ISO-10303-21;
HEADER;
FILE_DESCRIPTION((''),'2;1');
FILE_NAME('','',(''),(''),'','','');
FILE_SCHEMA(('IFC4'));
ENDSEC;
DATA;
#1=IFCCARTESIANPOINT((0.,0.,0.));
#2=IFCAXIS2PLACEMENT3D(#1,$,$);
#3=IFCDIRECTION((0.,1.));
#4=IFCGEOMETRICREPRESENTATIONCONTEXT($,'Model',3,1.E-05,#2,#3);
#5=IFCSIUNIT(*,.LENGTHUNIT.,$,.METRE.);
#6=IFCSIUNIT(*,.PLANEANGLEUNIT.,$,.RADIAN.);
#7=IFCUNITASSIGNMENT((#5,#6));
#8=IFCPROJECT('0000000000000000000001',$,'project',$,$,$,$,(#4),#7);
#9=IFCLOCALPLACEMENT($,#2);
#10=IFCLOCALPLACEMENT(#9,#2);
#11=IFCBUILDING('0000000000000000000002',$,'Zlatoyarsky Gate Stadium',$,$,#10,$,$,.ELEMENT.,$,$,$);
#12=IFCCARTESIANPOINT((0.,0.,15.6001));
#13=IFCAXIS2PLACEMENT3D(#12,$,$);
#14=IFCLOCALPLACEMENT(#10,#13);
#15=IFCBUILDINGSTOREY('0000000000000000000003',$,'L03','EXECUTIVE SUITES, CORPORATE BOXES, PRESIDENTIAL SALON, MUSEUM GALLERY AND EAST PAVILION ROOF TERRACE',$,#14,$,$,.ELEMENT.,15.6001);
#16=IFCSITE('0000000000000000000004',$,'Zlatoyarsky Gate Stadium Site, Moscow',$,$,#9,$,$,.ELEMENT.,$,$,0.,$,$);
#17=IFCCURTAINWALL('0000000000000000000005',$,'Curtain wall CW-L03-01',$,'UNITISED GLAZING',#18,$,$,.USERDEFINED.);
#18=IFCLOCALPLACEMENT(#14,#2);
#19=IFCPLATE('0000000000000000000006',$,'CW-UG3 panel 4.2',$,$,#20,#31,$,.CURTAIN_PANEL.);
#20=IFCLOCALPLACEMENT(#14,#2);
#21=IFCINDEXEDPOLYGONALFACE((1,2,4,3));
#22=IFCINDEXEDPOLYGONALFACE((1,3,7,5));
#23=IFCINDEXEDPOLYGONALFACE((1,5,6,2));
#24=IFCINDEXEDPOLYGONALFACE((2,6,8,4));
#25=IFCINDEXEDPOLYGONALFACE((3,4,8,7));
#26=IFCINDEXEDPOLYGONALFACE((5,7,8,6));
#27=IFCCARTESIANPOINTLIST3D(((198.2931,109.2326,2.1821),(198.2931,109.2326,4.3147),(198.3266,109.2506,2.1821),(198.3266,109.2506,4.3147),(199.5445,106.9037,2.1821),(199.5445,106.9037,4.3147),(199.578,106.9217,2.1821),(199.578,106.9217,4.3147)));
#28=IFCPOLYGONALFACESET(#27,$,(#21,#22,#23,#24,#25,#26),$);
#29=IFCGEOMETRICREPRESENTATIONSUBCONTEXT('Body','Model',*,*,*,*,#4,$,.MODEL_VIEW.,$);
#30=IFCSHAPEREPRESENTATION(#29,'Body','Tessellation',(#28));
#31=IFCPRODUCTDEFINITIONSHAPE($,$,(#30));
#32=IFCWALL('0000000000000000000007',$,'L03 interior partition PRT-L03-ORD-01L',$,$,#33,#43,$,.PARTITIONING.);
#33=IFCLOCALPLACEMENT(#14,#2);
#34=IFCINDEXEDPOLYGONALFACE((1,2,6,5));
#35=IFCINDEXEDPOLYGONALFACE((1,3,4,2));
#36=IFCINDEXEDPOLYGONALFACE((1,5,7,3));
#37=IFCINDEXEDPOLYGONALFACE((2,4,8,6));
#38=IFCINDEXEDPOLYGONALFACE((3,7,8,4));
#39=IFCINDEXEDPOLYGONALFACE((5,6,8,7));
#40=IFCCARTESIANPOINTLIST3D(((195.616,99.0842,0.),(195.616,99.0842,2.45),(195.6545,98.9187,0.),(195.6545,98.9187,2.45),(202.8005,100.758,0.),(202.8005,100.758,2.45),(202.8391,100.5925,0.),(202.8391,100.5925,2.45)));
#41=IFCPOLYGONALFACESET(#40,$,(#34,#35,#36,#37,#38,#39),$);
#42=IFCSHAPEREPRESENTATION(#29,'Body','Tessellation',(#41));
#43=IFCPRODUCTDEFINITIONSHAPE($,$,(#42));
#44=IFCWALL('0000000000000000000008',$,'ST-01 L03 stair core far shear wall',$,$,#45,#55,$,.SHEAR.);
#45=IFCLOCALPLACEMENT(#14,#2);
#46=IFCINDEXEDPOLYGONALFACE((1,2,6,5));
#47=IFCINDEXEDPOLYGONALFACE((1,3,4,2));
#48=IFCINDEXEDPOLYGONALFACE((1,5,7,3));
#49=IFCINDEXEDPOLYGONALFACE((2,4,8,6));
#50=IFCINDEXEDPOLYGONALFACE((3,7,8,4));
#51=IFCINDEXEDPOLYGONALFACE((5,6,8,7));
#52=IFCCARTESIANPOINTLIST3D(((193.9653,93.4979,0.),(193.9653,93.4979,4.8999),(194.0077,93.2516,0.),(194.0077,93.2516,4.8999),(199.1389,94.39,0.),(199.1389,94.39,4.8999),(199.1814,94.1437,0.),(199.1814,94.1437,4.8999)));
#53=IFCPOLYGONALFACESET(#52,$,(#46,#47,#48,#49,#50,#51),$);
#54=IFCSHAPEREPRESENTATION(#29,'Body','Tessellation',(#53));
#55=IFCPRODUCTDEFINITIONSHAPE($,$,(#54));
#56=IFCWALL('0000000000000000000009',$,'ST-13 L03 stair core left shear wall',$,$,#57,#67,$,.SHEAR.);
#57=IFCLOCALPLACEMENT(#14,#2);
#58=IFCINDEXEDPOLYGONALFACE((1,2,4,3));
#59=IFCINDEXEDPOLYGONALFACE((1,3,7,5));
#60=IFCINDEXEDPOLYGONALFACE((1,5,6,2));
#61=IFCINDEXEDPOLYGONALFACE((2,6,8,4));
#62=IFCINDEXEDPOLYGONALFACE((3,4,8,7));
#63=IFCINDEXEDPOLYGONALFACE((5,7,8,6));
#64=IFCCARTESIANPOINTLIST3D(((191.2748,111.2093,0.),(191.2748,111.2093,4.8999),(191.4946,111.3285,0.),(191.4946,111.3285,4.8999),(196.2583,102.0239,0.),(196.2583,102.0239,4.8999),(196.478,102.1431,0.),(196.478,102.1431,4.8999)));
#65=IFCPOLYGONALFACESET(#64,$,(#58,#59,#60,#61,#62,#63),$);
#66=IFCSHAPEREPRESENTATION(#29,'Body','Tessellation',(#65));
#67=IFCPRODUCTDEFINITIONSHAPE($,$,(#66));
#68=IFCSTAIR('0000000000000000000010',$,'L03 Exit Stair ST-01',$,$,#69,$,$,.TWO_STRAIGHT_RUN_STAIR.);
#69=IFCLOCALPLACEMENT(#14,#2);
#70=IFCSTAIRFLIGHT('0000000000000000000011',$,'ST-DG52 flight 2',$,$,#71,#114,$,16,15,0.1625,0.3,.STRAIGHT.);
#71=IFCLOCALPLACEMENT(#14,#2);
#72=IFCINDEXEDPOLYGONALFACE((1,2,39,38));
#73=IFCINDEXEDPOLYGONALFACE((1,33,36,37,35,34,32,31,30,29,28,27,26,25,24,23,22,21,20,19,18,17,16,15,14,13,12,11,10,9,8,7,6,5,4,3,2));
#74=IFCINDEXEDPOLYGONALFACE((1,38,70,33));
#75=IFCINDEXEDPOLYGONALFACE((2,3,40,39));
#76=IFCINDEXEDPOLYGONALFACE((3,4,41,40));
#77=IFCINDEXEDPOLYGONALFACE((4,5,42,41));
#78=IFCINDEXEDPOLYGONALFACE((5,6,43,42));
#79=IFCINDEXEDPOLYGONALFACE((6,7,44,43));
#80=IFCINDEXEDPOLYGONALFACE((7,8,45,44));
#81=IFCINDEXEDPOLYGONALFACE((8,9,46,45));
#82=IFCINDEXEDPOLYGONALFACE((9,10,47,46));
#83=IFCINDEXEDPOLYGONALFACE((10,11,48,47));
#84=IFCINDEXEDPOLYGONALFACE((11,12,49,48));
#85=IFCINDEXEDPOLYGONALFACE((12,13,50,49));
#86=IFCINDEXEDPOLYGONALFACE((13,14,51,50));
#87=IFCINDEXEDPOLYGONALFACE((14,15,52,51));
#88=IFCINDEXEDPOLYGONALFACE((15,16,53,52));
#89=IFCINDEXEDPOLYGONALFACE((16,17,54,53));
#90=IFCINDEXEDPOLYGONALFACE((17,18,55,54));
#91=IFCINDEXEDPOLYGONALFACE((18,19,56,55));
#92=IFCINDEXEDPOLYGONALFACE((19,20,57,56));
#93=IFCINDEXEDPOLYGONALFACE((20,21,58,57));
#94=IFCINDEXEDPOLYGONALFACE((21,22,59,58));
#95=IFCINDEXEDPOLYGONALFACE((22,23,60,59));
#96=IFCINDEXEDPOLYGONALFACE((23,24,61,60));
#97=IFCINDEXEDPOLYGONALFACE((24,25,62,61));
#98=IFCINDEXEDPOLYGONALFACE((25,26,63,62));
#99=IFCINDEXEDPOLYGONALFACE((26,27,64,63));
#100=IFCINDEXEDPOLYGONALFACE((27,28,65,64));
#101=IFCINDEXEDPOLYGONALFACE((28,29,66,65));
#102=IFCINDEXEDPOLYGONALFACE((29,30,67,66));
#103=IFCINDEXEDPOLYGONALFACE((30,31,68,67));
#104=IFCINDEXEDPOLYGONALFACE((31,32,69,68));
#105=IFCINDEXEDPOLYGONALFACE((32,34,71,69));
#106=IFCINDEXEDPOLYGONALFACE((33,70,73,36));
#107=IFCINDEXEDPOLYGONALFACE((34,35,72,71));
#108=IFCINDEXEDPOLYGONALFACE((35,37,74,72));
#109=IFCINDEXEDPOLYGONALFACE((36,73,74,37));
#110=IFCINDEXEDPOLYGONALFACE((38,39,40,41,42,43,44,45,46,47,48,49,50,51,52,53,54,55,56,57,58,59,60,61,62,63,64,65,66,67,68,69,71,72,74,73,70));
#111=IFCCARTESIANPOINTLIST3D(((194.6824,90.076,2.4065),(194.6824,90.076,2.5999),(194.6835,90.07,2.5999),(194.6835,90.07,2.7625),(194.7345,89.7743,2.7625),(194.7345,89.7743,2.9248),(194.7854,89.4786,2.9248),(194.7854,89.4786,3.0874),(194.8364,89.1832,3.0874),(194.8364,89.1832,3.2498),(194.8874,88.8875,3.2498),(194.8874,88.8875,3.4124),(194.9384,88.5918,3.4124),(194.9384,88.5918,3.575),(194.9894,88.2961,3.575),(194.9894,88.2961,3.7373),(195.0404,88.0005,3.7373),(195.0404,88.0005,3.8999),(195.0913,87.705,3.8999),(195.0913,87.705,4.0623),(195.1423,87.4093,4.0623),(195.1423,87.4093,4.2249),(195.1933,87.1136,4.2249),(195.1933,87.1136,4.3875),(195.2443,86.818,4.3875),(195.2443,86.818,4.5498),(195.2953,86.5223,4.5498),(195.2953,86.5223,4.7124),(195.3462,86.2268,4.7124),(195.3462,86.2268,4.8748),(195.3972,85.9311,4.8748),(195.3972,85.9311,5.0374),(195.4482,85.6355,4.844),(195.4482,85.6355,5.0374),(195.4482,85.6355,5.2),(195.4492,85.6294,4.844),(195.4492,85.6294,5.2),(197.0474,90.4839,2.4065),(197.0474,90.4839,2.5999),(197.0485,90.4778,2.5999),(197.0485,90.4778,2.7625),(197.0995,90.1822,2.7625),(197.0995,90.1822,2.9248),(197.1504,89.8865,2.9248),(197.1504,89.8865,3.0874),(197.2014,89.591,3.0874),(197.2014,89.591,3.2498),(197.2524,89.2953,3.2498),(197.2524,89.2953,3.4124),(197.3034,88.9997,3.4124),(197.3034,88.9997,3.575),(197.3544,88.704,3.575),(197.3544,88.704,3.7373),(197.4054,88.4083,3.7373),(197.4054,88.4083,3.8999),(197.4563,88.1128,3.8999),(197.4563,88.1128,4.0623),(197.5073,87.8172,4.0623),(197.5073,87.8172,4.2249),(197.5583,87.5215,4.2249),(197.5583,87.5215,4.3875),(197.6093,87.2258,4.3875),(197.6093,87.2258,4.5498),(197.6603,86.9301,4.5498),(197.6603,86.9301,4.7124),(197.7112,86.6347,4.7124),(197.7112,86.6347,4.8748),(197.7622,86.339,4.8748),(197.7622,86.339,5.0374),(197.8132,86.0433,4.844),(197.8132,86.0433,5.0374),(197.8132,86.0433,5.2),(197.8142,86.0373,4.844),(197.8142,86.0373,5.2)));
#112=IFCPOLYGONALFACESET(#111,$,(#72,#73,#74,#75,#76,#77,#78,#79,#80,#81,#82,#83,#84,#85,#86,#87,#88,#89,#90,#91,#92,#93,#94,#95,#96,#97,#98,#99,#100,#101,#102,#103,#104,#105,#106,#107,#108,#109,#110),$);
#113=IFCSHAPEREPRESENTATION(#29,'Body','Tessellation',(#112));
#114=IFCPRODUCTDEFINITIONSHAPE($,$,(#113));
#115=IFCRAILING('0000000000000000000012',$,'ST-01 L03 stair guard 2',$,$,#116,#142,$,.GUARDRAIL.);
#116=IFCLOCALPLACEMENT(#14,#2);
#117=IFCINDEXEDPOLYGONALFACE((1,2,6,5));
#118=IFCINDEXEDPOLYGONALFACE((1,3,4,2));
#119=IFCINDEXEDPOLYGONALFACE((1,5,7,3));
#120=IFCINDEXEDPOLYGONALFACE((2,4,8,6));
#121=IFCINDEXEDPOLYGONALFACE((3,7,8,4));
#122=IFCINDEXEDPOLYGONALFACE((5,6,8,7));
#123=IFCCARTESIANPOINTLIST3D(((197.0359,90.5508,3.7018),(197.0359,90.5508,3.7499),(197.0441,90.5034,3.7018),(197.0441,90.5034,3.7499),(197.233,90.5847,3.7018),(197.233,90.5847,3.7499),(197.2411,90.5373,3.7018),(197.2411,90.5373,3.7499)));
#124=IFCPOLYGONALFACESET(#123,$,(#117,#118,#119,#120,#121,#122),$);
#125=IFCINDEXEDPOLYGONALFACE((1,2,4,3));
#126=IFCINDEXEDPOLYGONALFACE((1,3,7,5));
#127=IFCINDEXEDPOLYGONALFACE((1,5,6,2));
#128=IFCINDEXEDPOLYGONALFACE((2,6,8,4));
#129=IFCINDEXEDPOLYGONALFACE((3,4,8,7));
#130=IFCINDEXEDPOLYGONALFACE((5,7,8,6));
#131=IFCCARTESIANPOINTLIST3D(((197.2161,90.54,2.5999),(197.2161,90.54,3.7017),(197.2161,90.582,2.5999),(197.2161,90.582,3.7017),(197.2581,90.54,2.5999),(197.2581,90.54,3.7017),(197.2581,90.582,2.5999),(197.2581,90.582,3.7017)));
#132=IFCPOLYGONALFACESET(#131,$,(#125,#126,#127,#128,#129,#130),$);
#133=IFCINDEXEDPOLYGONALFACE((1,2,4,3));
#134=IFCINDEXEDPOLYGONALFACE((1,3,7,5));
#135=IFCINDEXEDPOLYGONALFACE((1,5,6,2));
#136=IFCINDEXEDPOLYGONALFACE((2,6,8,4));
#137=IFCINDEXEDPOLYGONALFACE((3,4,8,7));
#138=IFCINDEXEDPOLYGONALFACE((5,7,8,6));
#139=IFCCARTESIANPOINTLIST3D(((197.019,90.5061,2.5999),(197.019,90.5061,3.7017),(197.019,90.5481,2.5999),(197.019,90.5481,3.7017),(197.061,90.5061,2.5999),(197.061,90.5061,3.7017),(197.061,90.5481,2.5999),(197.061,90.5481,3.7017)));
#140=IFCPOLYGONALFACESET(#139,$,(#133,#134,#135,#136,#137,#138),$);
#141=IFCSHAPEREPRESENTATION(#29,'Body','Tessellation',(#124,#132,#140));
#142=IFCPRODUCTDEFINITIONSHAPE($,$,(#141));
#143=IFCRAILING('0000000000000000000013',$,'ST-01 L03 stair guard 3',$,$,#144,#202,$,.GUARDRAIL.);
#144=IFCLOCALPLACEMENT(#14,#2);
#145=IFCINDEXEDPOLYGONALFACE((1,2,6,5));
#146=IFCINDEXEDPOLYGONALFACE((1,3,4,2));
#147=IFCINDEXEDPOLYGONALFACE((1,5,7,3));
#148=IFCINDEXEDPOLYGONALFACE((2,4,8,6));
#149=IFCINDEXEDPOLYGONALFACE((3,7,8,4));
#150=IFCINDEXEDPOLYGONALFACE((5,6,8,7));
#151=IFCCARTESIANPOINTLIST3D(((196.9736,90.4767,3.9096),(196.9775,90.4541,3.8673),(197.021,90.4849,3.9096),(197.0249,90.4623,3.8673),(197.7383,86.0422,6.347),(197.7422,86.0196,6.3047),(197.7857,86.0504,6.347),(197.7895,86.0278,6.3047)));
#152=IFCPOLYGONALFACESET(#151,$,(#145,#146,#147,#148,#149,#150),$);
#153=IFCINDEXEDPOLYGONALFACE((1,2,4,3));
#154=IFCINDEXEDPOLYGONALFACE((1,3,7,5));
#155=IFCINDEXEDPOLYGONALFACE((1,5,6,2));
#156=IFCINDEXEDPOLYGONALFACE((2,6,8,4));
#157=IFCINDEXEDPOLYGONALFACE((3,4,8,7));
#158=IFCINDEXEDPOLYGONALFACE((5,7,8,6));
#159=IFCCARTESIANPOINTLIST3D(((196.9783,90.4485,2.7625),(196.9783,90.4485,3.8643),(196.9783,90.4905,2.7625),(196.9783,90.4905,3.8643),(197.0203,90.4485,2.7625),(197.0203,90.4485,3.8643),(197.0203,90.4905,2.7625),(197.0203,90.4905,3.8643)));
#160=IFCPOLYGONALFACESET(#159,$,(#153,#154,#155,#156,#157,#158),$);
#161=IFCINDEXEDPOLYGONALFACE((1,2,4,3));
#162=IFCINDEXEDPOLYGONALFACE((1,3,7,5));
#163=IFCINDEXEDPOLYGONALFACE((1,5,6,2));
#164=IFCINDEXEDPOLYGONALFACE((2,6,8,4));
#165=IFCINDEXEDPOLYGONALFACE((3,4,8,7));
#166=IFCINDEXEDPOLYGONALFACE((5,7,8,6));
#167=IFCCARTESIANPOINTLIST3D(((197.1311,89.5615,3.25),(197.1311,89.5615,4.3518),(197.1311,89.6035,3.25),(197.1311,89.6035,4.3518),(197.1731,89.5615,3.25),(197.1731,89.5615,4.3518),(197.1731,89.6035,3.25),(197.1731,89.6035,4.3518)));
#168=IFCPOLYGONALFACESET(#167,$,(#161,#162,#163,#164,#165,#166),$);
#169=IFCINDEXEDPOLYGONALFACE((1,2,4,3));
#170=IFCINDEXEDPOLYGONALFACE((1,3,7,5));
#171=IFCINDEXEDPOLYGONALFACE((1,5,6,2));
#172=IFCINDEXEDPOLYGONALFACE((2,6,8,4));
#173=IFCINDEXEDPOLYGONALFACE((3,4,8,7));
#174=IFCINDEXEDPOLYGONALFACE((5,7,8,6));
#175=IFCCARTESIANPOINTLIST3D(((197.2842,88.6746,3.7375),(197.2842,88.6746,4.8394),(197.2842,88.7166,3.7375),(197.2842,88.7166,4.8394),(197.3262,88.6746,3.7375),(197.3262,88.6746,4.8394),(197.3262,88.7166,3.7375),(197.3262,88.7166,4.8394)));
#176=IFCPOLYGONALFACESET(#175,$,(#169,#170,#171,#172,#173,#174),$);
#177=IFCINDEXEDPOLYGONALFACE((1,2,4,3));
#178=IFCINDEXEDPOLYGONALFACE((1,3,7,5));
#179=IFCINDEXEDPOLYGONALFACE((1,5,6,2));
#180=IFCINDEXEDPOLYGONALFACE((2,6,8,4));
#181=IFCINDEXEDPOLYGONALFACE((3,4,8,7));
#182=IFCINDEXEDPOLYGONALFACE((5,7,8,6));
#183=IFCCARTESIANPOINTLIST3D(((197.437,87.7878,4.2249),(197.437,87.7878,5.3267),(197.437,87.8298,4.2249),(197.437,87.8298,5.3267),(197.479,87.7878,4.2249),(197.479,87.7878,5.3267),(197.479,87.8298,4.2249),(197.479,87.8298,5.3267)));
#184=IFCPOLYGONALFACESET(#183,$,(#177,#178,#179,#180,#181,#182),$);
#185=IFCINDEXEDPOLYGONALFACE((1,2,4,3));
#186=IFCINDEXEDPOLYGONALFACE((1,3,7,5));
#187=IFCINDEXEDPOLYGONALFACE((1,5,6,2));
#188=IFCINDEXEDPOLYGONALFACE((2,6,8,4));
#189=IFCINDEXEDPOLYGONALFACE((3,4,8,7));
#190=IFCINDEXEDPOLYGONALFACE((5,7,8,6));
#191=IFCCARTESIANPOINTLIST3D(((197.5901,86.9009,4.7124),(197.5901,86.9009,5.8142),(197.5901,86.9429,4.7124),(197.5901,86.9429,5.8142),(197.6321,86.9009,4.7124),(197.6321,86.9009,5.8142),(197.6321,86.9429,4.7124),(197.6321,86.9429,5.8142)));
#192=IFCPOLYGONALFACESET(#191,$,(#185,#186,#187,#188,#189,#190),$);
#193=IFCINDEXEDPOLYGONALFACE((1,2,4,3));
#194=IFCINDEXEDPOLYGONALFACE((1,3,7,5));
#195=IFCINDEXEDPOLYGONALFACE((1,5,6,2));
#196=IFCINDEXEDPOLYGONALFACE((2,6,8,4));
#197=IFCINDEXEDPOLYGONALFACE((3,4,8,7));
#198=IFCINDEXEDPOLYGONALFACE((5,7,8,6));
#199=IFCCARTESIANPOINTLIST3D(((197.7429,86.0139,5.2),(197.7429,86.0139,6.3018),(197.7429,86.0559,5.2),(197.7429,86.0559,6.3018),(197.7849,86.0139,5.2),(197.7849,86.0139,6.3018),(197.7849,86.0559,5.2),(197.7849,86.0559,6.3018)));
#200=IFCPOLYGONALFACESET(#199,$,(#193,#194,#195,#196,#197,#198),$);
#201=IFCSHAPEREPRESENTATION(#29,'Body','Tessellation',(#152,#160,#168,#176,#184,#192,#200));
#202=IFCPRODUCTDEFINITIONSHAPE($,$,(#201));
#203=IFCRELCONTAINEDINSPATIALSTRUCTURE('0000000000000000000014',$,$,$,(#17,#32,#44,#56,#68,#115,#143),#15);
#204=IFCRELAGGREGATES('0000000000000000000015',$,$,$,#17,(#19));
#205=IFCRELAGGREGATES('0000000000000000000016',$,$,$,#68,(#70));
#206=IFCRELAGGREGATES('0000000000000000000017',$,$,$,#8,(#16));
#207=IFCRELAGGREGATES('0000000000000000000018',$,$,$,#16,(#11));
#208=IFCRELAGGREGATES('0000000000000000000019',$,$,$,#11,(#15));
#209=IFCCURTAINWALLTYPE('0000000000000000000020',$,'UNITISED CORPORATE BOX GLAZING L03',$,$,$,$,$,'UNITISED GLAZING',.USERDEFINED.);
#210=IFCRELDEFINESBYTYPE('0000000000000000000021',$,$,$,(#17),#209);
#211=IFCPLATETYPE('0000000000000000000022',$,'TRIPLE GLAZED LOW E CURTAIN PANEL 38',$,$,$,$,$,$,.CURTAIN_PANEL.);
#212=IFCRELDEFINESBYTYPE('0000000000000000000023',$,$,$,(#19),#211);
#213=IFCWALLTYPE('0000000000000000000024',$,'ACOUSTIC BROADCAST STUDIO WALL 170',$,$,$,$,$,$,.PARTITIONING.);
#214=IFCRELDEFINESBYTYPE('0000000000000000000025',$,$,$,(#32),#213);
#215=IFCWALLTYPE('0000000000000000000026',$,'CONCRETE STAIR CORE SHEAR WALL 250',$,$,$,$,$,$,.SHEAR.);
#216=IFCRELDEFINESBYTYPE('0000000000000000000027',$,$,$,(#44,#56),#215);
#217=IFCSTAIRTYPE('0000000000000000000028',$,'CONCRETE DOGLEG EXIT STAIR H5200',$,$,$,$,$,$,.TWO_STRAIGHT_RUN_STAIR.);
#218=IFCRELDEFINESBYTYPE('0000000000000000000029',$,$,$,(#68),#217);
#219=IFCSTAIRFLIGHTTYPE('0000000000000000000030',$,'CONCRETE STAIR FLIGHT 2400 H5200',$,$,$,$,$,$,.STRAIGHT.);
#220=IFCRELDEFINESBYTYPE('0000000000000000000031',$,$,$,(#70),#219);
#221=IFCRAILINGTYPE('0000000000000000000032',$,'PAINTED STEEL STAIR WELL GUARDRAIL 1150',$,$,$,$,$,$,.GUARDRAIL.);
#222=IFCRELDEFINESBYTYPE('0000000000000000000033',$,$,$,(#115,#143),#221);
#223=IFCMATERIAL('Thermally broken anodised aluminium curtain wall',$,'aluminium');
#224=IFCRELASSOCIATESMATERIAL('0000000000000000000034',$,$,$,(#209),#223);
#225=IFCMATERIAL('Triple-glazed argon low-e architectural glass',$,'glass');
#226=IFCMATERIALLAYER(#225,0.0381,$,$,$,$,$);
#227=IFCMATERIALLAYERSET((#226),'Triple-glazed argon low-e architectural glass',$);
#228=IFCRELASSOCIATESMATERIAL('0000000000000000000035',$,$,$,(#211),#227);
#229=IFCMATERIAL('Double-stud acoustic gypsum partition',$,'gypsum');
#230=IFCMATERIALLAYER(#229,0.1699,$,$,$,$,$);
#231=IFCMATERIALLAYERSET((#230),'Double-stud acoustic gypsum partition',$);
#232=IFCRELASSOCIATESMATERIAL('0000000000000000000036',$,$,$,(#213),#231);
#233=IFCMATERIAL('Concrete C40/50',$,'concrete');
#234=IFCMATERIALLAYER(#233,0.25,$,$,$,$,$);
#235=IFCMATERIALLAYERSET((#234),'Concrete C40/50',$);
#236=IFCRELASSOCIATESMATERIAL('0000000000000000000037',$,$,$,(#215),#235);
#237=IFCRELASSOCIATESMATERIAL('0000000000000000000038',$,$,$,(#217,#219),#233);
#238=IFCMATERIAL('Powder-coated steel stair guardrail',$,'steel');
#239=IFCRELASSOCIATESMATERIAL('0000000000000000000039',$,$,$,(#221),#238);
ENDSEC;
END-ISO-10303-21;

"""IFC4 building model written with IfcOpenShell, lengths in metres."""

from ifc_helpers import new_model, si_unit, direction, frame, frame_2d, origin, origin_2d, place, context, subcontext, project, spatial, polyline, rectangle, outline, extrude, material, layer, layer_set, type_object, element, aggregate, save


model = new_model("IFC4")

# Units and contexts
model_context = context("Model", 3, precision=1e-05, world=origin(), true_north=direction((0.0, 1.0)))
body_context = subcontext(model_context, "Body", "Model", "MODEL_VIEW")
ifc_project = project(units=[si_unit("LENGTHUNIT", "METRE"), si_unit("PLANEANGLEUNIT", "RADIAN")], contexts=[model_context])

# Site, building, storey
site_placement = place(None, origin())
site = spatial("IfcSite", under=ifc_project, at=site_placement, Name="Zlatoyarsky Gate Stadium Site, Moscow", CompositionType="ELEMENT", RefElevation=0.0)
building_placement = place(site_placement, origin())
building = spatial("IfcBuilding", under=site, at=building_placement, Name="Zlatoyarsky Gate Stadium", CompositionType="ELEMENT")
storey_placement = place(building_placement, frame((0.0, 0.0, 15.6001)))
storey = spatial("IfcBuildingStorey", under=building, at=storey_placement, Name="L03", Description="EXECUTIVE SUITES, CORPORATE BOXES, PRESIDENTIAL SALON, MUSEUM GALLERY AND EAST PAVILION ROOF TERRACE", CompositionType="ELEMENT", Elevation=15.6001)

# Curtain wall
ifc_material_1 = material(Name="Thermally broken anodised aluminium curtain wall", Category="aluminium")
curtain_wall_type = type_object("IfcCurtainWallType", Name="UNITISED CORPORATE BOX GLAZING L03", ElementType="UNITISED GLAZING", PredefinedType="USERDEFINED", material=ifc_material_1)
curtain_wall_placement = place(storey_placement, origin())
curtain_wall = element("IfcCurtainWall", 1, at=curtain_wall_placement, inside=storey, type_object=curtain_wall_type, Name="Curtain wall CW-L03-01", ObjectType="UNITISED GLAZING", PredefinedType="USERDEFINED")

# Plate
ifc_material_2 = material(Name="Triple-glazed argon low-e architectural glass", Category="glass")
ifc_layer_1 = layer(ifc_material_2, 0.0381)
ifc_layer_set_1 = layer_set([ifc_layer_1], Name="Triple-glazed argon low-e architectural glass")
plate_type_1 = type_object("IfcPlateType", Name="TRIPLE GLAZED LOW E CURTAIN PANEL 38", PredefinedType="CURTAIN_PANEL", material=ifc_layer_set_1)
plate_1_placement = place(storey_placement, frame((198.9355, 108.0771, 2.1821), z_axis=(0.0, 0.0, 1.0), x_axis=(-0.473345, 0.880877, 0.0)))
plate_1 = element("IfcPlate", 2, at=plate_1_placement, type_object=plate_type_1, Name="CW-UG3 panel 4.2", PredefinedType="CURTAIN_PANEL", context=body_context, shape_type="SweptSolid", body=[
    extrude(rectangle(XDim=2.6438, YDim=0.0381, at=origin_2d()), origin(), (0.0, 0.0, 1.0), 2.1326),
])
aggregate(curtain_wall, [plate_1])

# Walls
ifc_material_3 = material(Name="Double-stud acoustic gypsum partition", Category="gypsum")
ifc_layer_2 = layer(ifc_material_3, 0.1699)
ifc_layer_set_2 = layer_set([ifc_layer_2], Name="Double-stud acoustic gypsum partition")
wall_type_1 = type_object("IfcWallType", Name="ACOUSTIC BROADCAST STUDIO WALL 170", PredefinedType="PARTITIONING", material=ifc_layer_set_2)
wall_1_placement = place(storey_placement, frame((195.6353, 99.0015, 0.0), z_axis=(0.0, 0.0, 1.0), x_axis=(0.973918, 0.226899, 0.0)))
element("IfcWall", 3, at=wall_1_placement, inside=storey, type_object=wall_type_1, Name="L03 interior partition PRT-L03-ORD-01L", PredefinedType="PARTITIONING", context=body_context, shape_type="SweptSolid", body=[
    extrude(rectangle(XDim=7.377, YDim=0.1699, at=frame_2d((3.6885, 0.0))), origin(), (0.0, 0.0, 1.0), 2.45),
])
ifc_material_4 = material(Name="Concrete C40/50", Category="concrete")
ifc_layer_3 = layer(ifc_material_4, 0.25)
ifc_layer_set_3 = layer_set([ifc_layer_3], Name="Concrete C40/50")
wall_type_2 = type_object("IfcWallType", Name="CONCRETE STAIR CORE SHEAR WALL 250", PredefinedType="SHEAR", material=ifc_layer_set_3)
wall_2_placement = place(storey_placement, frame((199.1602, 94.2668, 0.0), z_axis=(0.0, 0.0, 1.0), x_axis=(-0.985457, -0.169924, 0.0)))
element("IfcWall", 4, at=wall_2_placement, inside=storey, type_object=wall_type_2, Name="ST-01 L03 stair core far shear wall", PredefinedType="SHEAR", context=body_context, shape_type="SweptSolid", body=[
    extrude(rectangle(XDim=5.25, YDim=0.25, at=frame_2d((2.625, 0.0))), origin(), (0.0, 0.0, 1.0), 4.8999),
])
wall_3_placement = place(storey_placement, frame((196.3682, 102.0835, 0.0), z_axis=(0.0, 0.0, 1.0), x_axis=(-0.476877, 0.87897, 0.0)))
element("IfcWall", 5, at=wall_3_placement, inside=storey, type_object=wall_type_2, Name="ST-13 L03 stair core left shear wall", PredefinedType="SHEAR", context=body_context, shape_type="SweptSolid", body=[
    extrude(rectangle(XDim=10.4502, YDim=0.25, at=frame_2d((5.2251, 0.0))), origin(), (0.0, 0.0, 1.0), 4.8999),
])

# Stair, stair flight
stair_type = type_object("IfcStairType", Name="CONCRETE DOGLEG EXIT STAIR H5200", PredefinedType="TWO_STRAIGHT_RUN_STAIR", material=ifc_material_4)
stair_placement = place(storey_placement, origin())
stair = element("IfcStair", 6, at=stair_placement, inside=storey, type_object=stair_type, Name="L03 Exit Stair ST-01", PredefinedType="TWO_STRAIGHT_RUN_STAIR")
stair_flight_type = type_object("IfcStairFlightType", Name="CONCRETE STAIR FLIGHT 2400 H5200", PredefinedType="STRAIGHT", material=ifc_material_4)
stair_flight_placement = place(storey_placement, frame((195.866, 90.2739, 2.5999), z_axis=(0.0, 0.0, 1.0), x_axis=(0.169938, -0.985455, 0.0)))
stair_flight = element("IfcStairFlight", 7, at=stair_flight_placement, type_object=stair_flight_type, Name="ST-DG52 flight 2", NumberOfRisers=16, NumberOfTreads=15, PredefinedType="STRAIGHT", RiserHeight=0.1625, TreadLength=0.3, context=body_context, shape_type="SweptSolid", body=[
    extrude(outline(polyline([(-0.0061, -0.1934), (-0.0061, 0.0), (0.0, 0.0), (0.0, 0.1626), (0.3, 0.1626), (0.3, 0.325), (0.6001, 0.325), (0.6001, 0.4875), (0.8999, 0.4875), (0.8999, 0.6499), (1.2, 0.6499), (1.2, 0.8125), (1.5, 0.8125), (1.5, 0.9751), (1.8, 0.9751), (1.8, 1.1375), (2.1001, 1.1375), (2.1001, 1.3), (2.3999, 1.3), (2.3999, 1.4624), (2.7, 1.4624), (2.7, 1.625), (3.0, 1.625), (3.0, 1.7876), (3.3, 1.7876), (3.3, 1.95), (3.6001, 1.95), (3.6001, 2.1125), (3.8999, 2.1125), (3.8999, 2.2749), (4.2, 2.2749), (4.2, 2.4375), (4.5, 2.4375), (4.5, 2.6001), (4.5061, 2.6001), (4.5061, 2.2441), (4.5, 2.2441), (-0.0061, -0.1934)])), frame((0.0, 1.2, 0.0), z_axis=(0.0, -1.0, 0.0), x_axis=(1.0, 0.0, 0.0)), (0.0, 0.0, 1.0), 2.3999),
])
aggregate(stair, [stair_flight])

# Railings
ifc_material_5 = material(Name="Powder-coated steel stair guardrail", Category="steel")
railing_type_1 = type_object("IfcRailingType", Name="PAINTED STEEL STAIR WELL GUARDRAIL 1150", PredefinedType="GUARDRAIL", material=ifc_material_5)
railing_1_placement = place(storey_placement, frame((197.2371, 90.561, 2.5999)))
element("IfcRailing", 8, at=railing_1_placement, inside=storey, type_object=railing_type_1, Name="ST-01 L03 stair guard 2", PredefinedType="GUARDRAIL", context=body_context, shape_type="SweptSolid", body=[
    extrude(rectangle(XDim=0.0481, YDim=0.0481, at=origin_2d()), frame((0.0, 0.0, 1.126), z_axis=(-0.985488, -0.169743, 0.0), x_axis=(0.169743, -0.985488, 0.0)), (0.0, 0.0, 1.0), 0.2),
    extrude(rectangle(XDim=0.042, YDim=0.042, at=origin_2d()), origin(), (0.0, 0.0, 1.0), 1.1018),
    extrude(rectangle(XDim=0.042, YDim=0.042, at=origin_2d()), frame((-0.197, -0.0339, 0.0)), (0.0, 0.0, 1.0), 1.1018),
])
railing_2_placement = place(storey_placement, frame((196.9993, 90.4695, 2.7625)))
element("IfcRailing", 9, at=railing_2_placement, inside=storey, type_object=railing_type_1, Name="ST-01 L03 stair guard 3", PredefinedType="GUARDRAIL", context=body_context, shape_type="SweptSolid", body=[
    extrude(rectangle(XDim=0.0481, YDim=0.0481, at=origin_2d()), frame((0.0, 0.0, 1.126), z_axis=(0.149411, -0.866505, 0.476282), x_axis=(0.985458, 0.169921, 0.0)), (0.0, 0.0, 1.0), 5.1177),
    extrude(rectangle(XDim=0.042, YDim=0.042, at=origin_2d()), origin(), (0.0, 0.0, 1.0), 1.1018),
    extrude(rectangle(XDim=0.042, YDim=0.042, at=origin_2d()), frame((0.1528, -0.887, 0.4875)), (0.0, 0.0, 1.0), 1.1018),
    extrude(rectangle(XDim=0.042, YDim=0.042, at=origin_2d()), frame((0.3059, -1.7739, 0.9751)), (0.0, 0.0, 1.0), 1.1018),
    extrude(rectangle(XDim=0.042, YDim=0.042, at=origin_2d()), frame((0.4587, -2.6606, 1.4624)), (0.0, 0.0, 1.0), 1.1018),
    extrude(rectangle(XDim=0.042, YDim=0.042, at=origin_2d()), frame((0.6118, -3.5476, 1.95)), (0.0, 0.0, 1.0), 1.1018),
    extrude(rectangle(XDim=0.042, YDim=0.042, at=origin_2d()), frame((0.7646, -4.4346, 2.4375)), (0.0, 0.0, 1.0), 1.1018),
])

save(model, "model.ifc")
